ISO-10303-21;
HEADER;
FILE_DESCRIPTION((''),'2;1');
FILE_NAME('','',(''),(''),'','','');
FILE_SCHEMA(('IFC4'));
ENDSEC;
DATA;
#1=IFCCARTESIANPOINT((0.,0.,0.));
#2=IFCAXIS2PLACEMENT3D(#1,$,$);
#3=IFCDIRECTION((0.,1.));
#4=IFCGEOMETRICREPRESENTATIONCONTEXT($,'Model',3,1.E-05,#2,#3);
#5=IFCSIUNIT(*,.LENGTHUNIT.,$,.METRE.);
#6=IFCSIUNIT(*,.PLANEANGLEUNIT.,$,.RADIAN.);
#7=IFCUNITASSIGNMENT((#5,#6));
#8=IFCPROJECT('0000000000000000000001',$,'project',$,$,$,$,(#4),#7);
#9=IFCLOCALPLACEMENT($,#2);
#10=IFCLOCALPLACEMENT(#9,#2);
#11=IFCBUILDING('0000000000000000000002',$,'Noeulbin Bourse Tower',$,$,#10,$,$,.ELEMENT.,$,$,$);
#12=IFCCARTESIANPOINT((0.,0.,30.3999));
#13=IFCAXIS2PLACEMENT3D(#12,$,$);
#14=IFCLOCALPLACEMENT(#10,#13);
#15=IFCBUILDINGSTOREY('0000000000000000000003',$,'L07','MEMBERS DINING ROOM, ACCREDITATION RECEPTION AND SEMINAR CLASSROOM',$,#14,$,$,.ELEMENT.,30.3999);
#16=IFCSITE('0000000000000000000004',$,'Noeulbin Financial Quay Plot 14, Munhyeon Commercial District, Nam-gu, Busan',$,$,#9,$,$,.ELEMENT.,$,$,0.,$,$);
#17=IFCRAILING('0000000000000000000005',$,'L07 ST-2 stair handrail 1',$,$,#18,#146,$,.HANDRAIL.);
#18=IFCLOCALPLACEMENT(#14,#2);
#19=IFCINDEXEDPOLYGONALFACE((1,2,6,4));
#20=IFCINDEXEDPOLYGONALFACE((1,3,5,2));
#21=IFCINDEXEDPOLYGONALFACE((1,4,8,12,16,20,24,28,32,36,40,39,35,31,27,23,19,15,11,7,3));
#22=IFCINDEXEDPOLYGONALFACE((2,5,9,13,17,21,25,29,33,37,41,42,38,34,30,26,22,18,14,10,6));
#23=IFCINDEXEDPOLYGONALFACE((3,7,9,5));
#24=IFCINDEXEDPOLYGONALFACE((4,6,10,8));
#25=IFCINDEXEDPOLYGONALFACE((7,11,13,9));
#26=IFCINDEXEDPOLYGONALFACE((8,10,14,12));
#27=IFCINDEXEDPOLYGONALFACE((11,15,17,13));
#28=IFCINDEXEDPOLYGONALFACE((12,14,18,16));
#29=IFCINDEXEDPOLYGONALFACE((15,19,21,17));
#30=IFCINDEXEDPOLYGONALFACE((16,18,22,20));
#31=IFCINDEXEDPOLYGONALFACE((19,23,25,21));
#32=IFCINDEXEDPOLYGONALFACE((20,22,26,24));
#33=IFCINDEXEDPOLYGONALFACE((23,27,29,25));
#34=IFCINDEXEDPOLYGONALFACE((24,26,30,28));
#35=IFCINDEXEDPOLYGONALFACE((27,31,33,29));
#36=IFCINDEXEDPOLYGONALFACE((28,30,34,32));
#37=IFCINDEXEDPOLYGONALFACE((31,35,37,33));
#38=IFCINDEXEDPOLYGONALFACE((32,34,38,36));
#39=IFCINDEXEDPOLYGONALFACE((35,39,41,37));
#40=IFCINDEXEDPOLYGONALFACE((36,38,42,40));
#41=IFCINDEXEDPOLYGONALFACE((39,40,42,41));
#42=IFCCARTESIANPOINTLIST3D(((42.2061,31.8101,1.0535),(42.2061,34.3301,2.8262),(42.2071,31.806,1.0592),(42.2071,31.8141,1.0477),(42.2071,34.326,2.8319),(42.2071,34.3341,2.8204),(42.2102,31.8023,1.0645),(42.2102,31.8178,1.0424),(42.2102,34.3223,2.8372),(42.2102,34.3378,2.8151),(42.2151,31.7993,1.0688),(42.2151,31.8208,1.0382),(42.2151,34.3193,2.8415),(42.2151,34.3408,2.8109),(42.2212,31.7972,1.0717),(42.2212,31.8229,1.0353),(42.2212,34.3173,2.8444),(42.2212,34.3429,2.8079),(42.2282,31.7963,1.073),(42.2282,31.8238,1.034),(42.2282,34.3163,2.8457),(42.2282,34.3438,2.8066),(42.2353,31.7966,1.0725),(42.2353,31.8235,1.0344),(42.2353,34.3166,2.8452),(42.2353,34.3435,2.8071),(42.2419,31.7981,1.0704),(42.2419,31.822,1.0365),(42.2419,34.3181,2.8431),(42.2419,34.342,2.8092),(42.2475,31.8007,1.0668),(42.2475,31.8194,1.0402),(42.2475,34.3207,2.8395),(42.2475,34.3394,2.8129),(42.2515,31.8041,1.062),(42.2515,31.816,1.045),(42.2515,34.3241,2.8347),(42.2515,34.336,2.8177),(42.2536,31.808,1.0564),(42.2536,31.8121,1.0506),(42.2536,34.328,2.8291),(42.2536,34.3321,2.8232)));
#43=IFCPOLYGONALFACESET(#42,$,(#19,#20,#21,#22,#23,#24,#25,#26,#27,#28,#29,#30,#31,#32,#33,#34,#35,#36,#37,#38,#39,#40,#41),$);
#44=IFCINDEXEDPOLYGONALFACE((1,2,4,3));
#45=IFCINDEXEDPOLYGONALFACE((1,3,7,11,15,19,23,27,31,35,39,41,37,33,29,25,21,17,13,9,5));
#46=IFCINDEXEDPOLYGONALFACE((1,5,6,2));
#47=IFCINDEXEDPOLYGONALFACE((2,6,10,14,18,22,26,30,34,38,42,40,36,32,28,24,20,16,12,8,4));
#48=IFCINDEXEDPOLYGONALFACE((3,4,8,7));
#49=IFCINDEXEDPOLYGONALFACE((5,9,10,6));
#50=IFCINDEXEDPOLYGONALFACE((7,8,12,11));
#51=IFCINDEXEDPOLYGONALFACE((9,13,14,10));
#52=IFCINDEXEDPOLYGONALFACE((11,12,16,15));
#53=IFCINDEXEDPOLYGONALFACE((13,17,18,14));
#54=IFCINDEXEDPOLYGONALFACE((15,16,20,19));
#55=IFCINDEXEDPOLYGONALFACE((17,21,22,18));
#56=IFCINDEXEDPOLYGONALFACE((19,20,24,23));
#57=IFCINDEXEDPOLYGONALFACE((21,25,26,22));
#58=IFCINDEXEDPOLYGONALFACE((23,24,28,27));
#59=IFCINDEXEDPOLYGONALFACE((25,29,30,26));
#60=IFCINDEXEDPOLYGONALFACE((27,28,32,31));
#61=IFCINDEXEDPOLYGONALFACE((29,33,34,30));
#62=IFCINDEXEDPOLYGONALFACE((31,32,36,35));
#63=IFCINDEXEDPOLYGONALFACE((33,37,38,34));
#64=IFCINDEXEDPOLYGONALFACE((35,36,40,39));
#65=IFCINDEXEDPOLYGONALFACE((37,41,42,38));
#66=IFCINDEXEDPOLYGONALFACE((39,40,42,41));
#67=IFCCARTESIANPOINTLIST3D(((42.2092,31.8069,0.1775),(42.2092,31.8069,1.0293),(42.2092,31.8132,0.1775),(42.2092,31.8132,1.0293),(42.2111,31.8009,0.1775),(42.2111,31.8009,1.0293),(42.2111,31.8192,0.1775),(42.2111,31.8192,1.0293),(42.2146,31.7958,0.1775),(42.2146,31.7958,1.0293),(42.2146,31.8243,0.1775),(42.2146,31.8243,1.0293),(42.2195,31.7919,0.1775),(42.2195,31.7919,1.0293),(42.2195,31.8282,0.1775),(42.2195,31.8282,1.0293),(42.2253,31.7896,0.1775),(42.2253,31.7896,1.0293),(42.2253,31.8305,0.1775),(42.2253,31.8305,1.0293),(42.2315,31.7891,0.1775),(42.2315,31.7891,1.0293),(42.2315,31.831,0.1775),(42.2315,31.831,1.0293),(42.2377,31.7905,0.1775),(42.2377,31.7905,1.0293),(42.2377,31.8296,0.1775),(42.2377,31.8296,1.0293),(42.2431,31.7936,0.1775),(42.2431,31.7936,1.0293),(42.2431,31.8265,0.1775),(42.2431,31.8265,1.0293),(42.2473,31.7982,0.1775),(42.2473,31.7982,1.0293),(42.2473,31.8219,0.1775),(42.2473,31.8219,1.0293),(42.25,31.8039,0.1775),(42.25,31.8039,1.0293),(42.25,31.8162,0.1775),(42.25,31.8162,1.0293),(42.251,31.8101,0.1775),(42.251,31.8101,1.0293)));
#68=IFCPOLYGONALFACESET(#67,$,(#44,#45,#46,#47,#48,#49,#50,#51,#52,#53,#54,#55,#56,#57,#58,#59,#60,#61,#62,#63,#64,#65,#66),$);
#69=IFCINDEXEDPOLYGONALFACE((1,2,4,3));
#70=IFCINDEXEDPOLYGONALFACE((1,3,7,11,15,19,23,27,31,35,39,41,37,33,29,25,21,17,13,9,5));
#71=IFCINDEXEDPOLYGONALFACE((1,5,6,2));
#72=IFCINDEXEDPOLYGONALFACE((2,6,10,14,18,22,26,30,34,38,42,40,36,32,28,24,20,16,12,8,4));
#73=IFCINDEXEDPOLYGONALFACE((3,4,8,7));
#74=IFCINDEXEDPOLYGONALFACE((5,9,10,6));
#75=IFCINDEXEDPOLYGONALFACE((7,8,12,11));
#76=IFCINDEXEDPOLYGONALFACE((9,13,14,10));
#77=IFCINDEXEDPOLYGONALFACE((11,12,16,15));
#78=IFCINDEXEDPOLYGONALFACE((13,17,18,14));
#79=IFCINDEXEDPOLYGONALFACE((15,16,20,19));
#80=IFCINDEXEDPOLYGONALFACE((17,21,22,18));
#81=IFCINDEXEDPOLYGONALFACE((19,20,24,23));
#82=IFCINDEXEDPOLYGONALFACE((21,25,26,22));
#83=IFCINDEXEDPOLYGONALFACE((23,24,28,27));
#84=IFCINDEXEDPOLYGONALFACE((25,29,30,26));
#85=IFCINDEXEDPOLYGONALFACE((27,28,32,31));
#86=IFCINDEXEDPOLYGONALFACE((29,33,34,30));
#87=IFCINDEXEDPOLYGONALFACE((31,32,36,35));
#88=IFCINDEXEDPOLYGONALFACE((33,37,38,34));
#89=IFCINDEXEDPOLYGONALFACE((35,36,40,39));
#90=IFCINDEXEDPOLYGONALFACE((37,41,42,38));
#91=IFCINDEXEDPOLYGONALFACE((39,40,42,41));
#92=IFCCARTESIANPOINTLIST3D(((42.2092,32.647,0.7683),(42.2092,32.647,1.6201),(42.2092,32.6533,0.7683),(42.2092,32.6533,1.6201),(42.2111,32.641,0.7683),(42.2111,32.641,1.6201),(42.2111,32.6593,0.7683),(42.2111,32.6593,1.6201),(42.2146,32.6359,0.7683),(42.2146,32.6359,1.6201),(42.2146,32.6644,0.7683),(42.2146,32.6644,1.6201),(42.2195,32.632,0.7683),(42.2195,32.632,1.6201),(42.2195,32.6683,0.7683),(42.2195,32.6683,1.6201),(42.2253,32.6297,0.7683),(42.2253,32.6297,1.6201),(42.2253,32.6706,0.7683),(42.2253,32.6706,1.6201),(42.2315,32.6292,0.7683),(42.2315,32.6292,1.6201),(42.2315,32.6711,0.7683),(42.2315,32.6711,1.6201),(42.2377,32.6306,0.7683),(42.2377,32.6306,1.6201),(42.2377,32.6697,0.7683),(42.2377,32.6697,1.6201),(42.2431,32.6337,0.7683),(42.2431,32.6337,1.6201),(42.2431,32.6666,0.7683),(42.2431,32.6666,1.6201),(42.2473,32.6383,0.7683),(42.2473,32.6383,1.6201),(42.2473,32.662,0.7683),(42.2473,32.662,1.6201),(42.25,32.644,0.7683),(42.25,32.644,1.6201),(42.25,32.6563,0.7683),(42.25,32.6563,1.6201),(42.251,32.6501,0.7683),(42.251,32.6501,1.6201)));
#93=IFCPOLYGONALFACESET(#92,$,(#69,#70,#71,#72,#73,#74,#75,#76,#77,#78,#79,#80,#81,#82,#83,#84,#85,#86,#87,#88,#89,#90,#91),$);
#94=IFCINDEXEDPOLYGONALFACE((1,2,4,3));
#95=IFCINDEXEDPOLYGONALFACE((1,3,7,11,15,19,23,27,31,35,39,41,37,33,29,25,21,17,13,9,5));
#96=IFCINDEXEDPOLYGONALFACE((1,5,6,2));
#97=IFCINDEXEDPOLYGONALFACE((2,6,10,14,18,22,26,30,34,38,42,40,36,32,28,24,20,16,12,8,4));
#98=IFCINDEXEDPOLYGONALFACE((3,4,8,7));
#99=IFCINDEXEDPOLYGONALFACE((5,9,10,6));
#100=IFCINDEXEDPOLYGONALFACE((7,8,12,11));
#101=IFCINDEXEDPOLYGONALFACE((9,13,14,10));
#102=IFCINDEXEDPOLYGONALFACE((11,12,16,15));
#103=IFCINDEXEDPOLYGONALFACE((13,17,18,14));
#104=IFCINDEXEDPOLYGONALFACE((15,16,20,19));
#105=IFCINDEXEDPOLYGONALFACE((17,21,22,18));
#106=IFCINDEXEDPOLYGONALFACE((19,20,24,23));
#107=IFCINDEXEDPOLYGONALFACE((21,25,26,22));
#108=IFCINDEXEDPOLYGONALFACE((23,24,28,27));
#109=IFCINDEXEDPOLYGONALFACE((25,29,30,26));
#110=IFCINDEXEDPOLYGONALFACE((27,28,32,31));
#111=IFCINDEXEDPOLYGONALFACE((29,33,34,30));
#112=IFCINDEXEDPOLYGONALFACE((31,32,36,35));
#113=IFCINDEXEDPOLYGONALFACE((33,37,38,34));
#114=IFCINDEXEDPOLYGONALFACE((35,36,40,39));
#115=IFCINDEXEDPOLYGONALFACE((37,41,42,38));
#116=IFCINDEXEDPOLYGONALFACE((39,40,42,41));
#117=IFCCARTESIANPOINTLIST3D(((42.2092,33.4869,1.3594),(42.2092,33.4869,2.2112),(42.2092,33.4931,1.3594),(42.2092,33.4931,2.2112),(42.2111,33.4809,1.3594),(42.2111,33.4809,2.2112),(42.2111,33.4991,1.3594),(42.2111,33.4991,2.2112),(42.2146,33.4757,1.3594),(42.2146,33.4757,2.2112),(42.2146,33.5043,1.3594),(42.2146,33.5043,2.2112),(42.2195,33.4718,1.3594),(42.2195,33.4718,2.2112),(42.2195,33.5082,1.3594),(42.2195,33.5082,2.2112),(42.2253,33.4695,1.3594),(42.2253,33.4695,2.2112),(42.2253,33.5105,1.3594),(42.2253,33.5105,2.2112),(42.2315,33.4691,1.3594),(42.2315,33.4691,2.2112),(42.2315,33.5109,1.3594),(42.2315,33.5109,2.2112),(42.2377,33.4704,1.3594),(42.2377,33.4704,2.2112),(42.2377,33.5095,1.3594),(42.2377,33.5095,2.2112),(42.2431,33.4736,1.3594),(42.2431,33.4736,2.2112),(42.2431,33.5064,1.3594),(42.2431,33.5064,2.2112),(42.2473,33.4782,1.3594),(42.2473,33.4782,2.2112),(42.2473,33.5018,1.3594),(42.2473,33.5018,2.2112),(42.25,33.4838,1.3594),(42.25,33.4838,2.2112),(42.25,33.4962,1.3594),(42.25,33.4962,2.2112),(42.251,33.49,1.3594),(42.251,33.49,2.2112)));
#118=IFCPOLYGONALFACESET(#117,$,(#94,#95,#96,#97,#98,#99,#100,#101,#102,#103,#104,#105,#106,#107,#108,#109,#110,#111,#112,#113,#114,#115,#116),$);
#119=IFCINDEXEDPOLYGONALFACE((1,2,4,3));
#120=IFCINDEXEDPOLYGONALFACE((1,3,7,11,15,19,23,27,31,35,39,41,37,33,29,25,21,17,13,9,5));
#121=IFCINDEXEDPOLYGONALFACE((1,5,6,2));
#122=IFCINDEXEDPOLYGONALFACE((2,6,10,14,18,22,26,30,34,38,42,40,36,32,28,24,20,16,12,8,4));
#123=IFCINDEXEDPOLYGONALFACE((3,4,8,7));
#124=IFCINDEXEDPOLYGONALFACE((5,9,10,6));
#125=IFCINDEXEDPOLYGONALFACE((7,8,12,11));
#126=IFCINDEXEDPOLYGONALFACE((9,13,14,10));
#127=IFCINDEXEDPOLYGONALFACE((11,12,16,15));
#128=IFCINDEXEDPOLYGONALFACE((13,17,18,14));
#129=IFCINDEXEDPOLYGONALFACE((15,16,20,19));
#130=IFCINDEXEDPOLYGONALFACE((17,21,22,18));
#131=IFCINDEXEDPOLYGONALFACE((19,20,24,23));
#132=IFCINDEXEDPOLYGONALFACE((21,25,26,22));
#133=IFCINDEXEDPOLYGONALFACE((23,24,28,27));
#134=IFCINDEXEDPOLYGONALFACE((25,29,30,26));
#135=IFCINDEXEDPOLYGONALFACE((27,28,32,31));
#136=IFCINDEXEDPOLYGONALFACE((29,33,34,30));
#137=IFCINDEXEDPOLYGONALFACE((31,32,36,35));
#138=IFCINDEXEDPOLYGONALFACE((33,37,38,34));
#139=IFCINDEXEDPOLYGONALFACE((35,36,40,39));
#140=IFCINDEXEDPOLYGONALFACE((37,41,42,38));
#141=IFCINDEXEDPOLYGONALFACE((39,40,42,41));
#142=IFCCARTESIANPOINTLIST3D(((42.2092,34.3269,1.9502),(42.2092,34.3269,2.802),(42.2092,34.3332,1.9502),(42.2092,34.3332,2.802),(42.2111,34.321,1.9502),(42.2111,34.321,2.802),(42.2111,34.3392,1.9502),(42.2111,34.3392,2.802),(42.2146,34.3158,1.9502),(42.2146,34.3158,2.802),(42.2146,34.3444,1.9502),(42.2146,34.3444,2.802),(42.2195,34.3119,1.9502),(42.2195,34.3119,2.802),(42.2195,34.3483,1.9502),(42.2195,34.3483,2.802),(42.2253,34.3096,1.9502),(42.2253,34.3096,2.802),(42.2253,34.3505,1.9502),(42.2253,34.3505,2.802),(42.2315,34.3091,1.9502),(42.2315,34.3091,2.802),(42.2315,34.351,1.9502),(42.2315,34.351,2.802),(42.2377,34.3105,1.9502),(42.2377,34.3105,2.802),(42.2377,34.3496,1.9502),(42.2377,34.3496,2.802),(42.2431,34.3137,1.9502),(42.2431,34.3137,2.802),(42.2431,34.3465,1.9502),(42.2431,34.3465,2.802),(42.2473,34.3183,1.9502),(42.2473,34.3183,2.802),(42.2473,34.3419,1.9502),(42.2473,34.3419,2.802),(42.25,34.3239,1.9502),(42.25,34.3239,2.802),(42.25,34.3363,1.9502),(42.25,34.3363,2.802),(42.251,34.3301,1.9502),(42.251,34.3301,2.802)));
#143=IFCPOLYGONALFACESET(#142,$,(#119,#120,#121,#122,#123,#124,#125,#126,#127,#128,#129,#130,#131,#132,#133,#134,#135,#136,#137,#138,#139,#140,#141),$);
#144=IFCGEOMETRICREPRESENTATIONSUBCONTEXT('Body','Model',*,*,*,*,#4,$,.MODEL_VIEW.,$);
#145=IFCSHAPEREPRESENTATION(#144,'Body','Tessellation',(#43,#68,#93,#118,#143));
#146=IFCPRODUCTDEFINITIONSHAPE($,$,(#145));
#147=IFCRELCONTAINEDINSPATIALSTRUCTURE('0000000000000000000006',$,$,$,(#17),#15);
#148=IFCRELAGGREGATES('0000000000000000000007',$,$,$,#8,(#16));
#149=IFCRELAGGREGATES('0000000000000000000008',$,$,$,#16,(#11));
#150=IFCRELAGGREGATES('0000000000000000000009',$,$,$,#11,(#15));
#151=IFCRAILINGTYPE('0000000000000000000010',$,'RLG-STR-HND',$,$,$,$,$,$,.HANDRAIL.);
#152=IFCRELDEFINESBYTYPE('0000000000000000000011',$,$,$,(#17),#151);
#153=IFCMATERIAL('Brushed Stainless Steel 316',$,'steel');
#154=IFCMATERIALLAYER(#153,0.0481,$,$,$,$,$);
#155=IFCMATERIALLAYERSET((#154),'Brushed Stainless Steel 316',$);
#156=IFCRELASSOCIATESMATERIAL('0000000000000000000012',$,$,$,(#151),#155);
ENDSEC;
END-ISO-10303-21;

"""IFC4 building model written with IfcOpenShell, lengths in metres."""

from ifc_helpers import new_model, si_unit, direction, frame, origin, origin_2d, place, context, subcontext, project, spatial, circle, extrude, material, layer, layer_set, type_object, element, save


model = new_model("IFC4")

# Units and contexts
model_context = context("Model", 3, precision=1e-05, world=origin(), true_north=direction((0.0, 1.0)))
body_context = subcontext(model_context, "Body", "Model", "MODEL_VIEW")
ifc_project = project(units=[si_unit("LENGTHUNIT", "METRE"), si_unit("PLANEANGLEUNIT", "RADIAN")], contexts=[model_context])

# Site, building, storey
site_placement = place(None, origin())
site = spatial("IfcSite", under=ifc_project, at=site_placement, Name="Noeulbin Financial Quay Plot 14, Munhyeon Commercial District, Nam-gu, Busan", CompositionType="ELEMENT", RefElevation=0.0)
building_placement = place(site_placement, origin())
building = spatial("IfcBuilding", under=site, at=building_placement, Name="Noeulbin Bourse Tower", CompositionType="ELEMENT")
storey_placement = place(building_placement, frame((0.0, 0.0, 30.3999)))
storey = spatial("IfcBuildingStorey", under=building, at=storey_placement, Name="L07", Description="MEMBERS DINING ROOM, ACCREDITATION RECEPTION AND SEMINAR CLASSROOM", CompositionType="ELEMENT", Elevation=30.3999)

# Railing
ifc_material_1 = material(Name="Brushed Stainless Steel 316", Category="steel")
ifc_layer_1 = layer(ifc_material_1, 0.0481)
ifc_layer_set_1 = layer_set([ifc_layer_1], Name="Brushed Stainless Steel 316")
railing_type_1 = type_object("IfcRailingType", Name="RLG-STR-HND", PredefinedType="HANDRAIL", material=ifc_layer_set_1)
railing_1_placement = place(storey_placement, frame((42.23, 31.8101, 0.1775)))
element("IfcRailing", 1, at=railing_1_placement, inside=storey, type_object=railing_type_1, Name="L07 ST-2 stair handrail 1", PredefinedType="HANDRAIL", context=body_context, shape_type="SweptSolid", body=[
    extrude(circle(Radius=0.0239, at=origin_2d()), frame((0.0, 0.0, 0.876), z_axis=(0.0, 0.817904, 0.575354), x_axis=(-1.0, 0.0, 0.0)), (0.0, 0.0, 1.0), 3.0811),
    extrude(circle(Radius=0.021, at=origin_2d()), origin(), (0.0, 0.0, 1.0), 0.8518),
    extrude(circle(Radius=0.021, at=origin_2d()), frame((0.0, 0.8401, 0.5908)), (0.0, 0.0, 1.0), 0.8518),
    extrude(circle(Radius=0.021, at=origin_2d()), frame((0.0, 1.6799, 1.1819)), (0.0, 0.0, 1.0), 0.8518),
    extrude(circle(Radius=0.021, at=origin_2d()), frame((0.0, 2.52, 1.7727)), (0.0, 0.0, 1.0), 0.8518),
])

save(model, "model.ifc")
